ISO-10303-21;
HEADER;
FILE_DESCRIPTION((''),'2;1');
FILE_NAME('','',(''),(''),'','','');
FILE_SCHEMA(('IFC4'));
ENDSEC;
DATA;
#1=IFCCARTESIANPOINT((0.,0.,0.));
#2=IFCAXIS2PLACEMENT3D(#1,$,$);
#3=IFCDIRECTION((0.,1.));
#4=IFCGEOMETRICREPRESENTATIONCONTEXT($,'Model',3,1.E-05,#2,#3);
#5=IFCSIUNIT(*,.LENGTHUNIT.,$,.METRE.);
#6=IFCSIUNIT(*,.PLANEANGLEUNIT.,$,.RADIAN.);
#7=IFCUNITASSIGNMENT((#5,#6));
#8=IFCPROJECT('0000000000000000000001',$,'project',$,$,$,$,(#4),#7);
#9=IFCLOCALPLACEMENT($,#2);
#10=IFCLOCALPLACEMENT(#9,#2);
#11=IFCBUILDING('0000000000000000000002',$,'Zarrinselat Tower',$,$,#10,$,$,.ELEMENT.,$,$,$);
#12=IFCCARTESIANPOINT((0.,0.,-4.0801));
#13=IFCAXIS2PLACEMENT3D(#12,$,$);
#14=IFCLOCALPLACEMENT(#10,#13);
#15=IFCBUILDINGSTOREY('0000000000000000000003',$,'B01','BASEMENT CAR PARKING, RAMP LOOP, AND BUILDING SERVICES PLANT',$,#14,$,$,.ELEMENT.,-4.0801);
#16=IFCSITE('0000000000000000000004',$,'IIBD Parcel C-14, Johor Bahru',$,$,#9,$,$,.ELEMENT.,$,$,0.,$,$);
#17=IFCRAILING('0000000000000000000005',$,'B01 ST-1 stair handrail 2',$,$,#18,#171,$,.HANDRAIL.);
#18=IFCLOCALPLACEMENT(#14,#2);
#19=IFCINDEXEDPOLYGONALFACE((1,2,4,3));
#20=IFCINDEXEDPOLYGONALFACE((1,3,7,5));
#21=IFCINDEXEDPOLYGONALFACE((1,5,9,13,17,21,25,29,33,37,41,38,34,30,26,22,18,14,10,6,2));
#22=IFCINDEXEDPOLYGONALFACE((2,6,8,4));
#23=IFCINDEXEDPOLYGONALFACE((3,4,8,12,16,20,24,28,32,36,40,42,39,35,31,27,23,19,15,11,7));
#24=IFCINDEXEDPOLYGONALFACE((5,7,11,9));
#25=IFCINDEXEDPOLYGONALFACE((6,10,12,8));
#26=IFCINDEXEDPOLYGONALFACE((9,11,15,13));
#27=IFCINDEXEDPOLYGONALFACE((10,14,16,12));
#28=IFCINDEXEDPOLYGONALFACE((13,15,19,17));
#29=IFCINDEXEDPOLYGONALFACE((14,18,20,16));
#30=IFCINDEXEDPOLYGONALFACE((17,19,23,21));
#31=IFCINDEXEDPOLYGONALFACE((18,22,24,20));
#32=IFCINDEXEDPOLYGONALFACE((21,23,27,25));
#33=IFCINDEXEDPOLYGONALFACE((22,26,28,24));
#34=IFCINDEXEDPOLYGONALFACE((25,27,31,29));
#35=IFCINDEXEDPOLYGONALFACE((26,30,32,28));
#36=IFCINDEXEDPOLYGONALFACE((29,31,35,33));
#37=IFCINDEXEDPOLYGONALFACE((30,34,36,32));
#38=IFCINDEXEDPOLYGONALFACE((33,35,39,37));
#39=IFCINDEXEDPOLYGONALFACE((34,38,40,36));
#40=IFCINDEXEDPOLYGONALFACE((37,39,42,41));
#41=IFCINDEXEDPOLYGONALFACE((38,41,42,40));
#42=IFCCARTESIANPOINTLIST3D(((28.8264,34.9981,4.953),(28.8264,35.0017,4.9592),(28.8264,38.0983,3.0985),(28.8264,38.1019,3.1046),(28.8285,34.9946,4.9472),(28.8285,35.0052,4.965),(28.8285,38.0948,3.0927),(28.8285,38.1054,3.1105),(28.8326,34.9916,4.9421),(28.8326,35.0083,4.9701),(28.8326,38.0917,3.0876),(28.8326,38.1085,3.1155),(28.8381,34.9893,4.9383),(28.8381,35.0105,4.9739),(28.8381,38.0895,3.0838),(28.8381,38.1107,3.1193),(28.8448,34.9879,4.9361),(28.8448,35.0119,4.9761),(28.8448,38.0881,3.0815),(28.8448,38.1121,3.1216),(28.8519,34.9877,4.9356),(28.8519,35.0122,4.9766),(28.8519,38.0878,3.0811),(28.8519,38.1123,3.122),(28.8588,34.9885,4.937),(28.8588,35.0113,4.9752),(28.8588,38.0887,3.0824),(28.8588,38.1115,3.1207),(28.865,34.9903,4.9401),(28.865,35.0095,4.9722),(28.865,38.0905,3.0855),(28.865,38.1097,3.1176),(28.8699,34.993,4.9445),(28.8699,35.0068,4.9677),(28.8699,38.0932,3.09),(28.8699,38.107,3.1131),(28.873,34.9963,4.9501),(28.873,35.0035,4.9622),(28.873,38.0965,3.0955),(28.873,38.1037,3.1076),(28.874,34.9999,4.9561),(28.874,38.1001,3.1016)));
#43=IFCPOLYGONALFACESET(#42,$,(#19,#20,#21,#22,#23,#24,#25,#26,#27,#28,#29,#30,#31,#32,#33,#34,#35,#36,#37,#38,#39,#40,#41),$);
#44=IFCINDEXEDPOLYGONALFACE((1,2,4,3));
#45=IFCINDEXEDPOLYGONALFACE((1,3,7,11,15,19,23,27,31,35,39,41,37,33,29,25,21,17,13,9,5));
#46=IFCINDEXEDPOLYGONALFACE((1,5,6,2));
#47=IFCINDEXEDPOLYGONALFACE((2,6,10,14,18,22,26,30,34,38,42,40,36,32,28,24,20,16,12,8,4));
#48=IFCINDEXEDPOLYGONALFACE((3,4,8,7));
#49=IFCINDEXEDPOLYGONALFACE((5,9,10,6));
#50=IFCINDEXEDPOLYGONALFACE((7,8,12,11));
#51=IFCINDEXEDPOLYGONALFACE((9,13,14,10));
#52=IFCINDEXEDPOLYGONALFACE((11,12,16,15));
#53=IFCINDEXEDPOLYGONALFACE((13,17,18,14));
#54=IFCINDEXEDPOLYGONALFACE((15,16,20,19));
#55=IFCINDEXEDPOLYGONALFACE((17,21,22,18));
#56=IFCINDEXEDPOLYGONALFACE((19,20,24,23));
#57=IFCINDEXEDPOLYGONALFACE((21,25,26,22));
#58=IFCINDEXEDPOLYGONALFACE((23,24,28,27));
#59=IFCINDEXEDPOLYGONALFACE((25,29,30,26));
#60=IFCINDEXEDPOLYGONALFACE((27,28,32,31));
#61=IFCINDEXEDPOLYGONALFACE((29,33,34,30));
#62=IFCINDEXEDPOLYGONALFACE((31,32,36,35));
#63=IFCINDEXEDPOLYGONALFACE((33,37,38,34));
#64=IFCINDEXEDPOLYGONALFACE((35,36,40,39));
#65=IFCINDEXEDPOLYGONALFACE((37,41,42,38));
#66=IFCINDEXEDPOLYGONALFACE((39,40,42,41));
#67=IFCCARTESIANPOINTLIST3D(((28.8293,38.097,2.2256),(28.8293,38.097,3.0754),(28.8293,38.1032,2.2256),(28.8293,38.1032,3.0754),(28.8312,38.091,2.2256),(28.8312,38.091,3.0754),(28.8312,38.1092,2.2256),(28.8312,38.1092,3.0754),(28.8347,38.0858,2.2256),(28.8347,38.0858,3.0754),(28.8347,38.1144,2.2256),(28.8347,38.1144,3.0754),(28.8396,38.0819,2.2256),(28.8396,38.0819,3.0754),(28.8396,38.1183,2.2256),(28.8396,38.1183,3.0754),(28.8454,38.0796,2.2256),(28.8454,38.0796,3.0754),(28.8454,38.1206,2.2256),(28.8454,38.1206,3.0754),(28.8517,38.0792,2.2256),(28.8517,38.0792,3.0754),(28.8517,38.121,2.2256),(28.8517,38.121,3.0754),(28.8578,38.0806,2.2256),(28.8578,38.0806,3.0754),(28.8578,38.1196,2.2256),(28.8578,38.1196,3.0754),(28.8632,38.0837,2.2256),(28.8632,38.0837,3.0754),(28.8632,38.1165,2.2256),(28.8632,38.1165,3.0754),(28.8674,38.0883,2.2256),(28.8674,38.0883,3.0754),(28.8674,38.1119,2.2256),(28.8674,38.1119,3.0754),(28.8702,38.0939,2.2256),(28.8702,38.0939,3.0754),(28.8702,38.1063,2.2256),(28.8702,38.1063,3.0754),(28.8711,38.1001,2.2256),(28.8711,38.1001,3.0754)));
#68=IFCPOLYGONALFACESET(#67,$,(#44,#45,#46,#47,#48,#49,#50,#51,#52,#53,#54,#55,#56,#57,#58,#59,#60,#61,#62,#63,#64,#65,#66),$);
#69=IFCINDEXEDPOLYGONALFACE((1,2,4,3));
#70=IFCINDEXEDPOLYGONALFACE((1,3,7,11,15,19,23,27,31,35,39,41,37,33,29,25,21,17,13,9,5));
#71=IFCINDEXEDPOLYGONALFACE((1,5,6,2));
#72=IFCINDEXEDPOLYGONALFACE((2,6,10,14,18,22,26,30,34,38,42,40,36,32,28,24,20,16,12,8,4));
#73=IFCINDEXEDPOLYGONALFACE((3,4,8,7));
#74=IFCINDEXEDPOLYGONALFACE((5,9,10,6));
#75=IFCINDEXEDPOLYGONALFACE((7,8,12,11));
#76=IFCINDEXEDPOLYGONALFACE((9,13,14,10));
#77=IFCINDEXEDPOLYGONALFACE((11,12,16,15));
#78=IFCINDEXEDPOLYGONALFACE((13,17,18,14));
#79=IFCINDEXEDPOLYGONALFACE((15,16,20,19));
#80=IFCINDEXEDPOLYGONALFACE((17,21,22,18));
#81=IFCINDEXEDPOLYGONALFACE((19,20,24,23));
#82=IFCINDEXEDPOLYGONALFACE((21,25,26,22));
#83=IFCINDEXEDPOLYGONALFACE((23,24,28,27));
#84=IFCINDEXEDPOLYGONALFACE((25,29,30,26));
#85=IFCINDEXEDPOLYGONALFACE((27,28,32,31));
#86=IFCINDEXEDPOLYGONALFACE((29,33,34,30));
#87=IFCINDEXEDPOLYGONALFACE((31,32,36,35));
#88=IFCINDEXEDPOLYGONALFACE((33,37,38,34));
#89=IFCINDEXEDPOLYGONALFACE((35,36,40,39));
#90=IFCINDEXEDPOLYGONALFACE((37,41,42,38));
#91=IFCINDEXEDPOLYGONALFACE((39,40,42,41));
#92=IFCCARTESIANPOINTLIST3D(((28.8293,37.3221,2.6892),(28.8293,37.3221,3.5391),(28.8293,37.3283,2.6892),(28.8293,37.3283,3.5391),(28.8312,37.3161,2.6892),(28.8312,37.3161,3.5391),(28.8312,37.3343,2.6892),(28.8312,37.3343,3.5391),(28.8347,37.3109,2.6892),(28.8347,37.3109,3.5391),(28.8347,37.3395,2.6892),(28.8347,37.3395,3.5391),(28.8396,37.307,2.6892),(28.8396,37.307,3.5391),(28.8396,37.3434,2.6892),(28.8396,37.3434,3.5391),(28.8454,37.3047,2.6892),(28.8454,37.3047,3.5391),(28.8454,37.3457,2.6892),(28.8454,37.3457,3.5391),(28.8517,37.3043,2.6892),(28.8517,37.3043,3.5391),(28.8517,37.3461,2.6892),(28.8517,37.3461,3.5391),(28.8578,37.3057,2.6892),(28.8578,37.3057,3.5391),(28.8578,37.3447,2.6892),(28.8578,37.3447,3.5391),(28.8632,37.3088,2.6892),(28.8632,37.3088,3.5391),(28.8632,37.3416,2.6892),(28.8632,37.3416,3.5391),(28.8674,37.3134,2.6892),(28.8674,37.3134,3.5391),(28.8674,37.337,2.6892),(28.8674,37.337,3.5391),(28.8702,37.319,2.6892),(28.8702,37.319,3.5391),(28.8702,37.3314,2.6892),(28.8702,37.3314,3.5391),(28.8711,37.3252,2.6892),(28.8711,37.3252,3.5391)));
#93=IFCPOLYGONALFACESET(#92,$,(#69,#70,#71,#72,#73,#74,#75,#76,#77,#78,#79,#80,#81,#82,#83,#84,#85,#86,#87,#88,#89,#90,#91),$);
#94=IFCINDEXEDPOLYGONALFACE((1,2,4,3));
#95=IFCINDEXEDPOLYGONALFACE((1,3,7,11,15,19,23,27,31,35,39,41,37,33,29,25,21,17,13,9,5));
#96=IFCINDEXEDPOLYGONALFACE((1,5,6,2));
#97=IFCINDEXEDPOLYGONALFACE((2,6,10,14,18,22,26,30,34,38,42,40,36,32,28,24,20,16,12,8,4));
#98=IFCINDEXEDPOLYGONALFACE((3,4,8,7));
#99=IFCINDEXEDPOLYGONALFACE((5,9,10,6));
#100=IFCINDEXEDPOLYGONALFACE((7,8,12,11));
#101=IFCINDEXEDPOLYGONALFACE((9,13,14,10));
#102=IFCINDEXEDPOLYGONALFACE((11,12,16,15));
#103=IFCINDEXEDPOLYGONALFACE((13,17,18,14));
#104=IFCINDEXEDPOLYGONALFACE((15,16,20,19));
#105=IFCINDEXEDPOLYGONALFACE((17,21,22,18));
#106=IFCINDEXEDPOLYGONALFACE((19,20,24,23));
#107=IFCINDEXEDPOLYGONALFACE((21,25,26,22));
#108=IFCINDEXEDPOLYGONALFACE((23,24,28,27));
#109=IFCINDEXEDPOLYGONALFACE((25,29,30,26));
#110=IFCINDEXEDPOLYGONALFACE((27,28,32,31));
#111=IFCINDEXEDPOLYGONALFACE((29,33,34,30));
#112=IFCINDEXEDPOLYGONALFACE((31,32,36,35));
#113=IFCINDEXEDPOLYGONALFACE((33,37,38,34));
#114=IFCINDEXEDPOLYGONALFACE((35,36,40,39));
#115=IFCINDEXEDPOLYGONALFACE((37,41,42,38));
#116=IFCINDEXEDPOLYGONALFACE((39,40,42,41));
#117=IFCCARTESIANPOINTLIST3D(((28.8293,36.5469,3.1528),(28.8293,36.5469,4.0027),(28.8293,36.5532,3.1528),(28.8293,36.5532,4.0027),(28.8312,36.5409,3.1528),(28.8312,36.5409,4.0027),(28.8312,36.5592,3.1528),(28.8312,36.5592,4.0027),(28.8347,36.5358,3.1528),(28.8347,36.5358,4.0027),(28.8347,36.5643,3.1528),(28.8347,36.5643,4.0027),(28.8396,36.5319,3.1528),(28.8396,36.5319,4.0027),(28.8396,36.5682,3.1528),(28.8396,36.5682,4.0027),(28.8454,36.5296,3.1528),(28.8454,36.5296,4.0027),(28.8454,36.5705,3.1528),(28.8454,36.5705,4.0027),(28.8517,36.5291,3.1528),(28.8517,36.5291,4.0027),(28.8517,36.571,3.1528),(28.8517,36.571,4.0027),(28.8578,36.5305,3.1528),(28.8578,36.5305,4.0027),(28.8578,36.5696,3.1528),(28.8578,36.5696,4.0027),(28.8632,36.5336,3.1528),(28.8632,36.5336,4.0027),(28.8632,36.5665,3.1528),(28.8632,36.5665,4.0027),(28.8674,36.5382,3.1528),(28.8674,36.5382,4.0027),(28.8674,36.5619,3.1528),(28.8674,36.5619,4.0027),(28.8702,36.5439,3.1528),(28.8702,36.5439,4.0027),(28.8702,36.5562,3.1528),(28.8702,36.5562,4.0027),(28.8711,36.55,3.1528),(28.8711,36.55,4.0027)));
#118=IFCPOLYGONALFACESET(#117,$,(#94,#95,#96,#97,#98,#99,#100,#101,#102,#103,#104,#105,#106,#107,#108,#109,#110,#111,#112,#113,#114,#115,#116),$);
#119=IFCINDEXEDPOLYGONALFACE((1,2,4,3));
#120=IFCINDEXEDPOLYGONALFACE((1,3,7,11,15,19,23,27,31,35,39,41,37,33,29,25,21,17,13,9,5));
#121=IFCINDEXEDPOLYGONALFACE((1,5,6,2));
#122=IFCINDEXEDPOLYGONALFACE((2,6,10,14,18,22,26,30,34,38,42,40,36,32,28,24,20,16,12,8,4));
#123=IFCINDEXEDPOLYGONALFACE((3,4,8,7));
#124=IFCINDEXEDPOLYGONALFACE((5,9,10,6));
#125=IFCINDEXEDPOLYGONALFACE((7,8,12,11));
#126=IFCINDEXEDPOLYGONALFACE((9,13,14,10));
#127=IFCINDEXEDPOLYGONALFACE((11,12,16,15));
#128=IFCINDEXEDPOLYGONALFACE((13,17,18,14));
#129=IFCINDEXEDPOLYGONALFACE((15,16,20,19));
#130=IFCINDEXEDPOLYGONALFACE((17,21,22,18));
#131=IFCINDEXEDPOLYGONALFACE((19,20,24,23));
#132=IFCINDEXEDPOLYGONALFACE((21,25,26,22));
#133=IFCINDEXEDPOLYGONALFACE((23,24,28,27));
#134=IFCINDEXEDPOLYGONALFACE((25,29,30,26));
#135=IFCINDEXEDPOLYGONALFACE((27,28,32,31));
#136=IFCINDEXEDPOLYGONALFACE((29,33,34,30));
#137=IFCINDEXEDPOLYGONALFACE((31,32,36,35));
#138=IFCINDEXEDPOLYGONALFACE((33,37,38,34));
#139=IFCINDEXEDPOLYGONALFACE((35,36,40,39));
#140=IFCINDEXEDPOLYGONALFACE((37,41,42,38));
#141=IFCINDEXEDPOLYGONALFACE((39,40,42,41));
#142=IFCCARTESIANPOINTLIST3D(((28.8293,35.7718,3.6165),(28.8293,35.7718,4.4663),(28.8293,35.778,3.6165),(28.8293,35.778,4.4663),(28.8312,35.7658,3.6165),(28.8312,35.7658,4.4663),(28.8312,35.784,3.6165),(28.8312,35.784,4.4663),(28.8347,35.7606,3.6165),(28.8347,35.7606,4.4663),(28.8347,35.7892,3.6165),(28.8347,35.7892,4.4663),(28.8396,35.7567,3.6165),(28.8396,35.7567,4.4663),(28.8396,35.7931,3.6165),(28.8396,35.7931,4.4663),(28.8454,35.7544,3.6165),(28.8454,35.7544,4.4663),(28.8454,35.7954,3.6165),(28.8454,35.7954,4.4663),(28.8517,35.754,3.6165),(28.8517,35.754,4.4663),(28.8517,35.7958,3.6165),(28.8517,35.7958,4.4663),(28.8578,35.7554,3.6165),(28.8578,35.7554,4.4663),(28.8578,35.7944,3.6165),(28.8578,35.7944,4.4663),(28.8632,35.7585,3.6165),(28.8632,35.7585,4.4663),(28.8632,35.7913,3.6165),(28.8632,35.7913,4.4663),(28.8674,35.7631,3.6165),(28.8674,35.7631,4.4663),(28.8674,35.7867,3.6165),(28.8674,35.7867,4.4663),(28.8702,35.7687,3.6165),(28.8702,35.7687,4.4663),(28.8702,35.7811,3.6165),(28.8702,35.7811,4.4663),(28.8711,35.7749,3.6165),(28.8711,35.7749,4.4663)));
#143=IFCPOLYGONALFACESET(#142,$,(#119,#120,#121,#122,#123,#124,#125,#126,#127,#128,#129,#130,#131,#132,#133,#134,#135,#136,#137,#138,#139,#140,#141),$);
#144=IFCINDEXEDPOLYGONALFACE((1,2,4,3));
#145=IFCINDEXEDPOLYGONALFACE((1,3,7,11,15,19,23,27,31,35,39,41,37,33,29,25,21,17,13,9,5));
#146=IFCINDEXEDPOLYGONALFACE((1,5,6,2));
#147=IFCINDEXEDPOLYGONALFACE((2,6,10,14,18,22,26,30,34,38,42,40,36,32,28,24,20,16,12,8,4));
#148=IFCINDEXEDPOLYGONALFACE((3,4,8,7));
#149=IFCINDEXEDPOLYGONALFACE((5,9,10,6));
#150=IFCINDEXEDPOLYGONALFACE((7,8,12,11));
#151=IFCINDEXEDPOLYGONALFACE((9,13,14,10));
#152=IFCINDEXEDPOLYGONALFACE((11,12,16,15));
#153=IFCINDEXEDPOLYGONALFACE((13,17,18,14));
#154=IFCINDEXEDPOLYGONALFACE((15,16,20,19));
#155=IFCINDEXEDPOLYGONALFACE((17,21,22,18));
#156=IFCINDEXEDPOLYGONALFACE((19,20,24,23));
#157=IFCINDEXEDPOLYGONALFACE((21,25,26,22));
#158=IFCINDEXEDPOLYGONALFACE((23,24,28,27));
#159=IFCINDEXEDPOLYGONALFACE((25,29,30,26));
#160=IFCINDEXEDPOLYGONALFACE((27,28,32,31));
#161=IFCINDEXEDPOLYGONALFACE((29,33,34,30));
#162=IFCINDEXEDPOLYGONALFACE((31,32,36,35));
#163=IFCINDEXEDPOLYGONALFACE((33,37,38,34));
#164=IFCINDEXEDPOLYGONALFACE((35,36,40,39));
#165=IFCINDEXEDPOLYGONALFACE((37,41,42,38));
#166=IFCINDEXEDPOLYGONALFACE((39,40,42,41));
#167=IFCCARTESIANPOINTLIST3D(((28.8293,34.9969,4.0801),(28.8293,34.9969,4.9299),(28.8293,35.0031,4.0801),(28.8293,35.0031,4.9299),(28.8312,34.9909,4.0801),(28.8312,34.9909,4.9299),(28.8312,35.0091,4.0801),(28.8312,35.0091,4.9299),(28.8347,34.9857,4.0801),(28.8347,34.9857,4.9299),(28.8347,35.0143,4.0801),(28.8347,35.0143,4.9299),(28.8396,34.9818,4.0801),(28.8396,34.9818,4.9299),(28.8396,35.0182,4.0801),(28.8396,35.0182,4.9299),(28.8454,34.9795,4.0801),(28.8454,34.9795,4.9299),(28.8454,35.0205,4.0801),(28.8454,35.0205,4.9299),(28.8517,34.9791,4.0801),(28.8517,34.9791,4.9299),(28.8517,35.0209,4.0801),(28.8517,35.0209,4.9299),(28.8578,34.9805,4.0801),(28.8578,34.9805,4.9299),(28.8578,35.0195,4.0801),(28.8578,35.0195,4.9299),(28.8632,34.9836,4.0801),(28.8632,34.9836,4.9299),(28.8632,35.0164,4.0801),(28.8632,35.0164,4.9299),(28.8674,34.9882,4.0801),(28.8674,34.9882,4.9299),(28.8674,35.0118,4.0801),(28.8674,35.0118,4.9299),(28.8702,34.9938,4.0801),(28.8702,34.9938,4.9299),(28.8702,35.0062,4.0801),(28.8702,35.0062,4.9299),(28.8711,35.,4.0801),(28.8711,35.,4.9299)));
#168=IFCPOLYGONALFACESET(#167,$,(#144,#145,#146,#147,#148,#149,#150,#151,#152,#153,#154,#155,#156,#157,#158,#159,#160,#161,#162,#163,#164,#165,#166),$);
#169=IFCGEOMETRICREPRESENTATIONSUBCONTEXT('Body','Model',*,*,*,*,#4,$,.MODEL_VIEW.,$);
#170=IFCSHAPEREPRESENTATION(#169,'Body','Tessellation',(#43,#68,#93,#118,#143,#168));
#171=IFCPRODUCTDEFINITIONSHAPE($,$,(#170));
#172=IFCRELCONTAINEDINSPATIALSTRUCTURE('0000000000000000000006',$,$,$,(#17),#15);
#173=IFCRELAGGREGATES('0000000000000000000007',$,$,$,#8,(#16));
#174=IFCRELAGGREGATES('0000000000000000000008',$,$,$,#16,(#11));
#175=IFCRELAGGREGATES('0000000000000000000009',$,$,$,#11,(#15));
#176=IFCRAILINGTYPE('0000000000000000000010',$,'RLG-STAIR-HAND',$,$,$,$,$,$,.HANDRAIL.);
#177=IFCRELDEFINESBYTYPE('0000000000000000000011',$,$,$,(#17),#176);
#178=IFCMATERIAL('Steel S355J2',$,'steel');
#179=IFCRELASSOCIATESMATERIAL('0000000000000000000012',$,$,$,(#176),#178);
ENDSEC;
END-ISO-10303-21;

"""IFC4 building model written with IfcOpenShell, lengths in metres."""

from ifc_helpers import new_model, si_unit, direction, frame, origin, origin_2d, place, context, subcontext, project, spatial, circle, extrude, material, type_object, element, save


model = new_model("IFC4")

# Units and contexts
model_context = context("Model", 3, precision=1e-05, world=origin(), true_north=direction((0.0, 1.0)))
body_context = subcontext(model_context, "Body", "Model", "MODEL_VIEW")
ifc_project = project(units=[si_unit("LENGTHUNIT", "METRE"), si_unit("PLANEANGLEUNIT", "RADIAN")], contexts=[model_context])

# Site, building, storey
site_placement = place(None, origin())
site = spatial("IfcSite", under=ifc_project, at=site_placement, Name="IIBD Parcel C-14, Johor Bahru", CompositionType="ELEMENT", RefElevation=0.0)
building_placement = place(site_placement, origin())
building = spatial("IfcBuilding", under=site, at=building_placement, Name="Zarrinselat Tower", CompositionType="ELEMENT")
storey_placement = place(building_placement, frame((0.0, 0.0, -4.0801)))
storey = spatial("IfcBuildingStorey", under=building, at=storey_placement, Name="B01", Description="BASEMENT CAR PARKING, RAMP LOOP, AND BUILDING SERVICES PLANT", CompositionType="ELEMENT", Elevation=-4.0801)

# Railing
ifc_material_1 = material(Name="Steel S355J2", Category="steel")
railing_type_1 = type_object("IfcRailingType", Name="RLG-STAIR-HAND", PredefinedType="HANDRAIL", material=ifc_material_1)
railing_1_placement = place(storey_placement, frame((28.8501, 38.1001, 2.2256)))
element("IfcRailing", 1, at=railing_1_placement, inside=storey, type_object=railing_type_1, Name="B01 ST-1 stair handrail 2", PredefinedType="HANDRAIL", context=body_context, shape_type="SweptSolid", body=[
    extrude(circle(Radius=0.0239, at=origin_2d()), frame((0.0, 0.0, 0.876), z_axis=(0.0, -0.858172, 0.513362), x_axis=(1.0, 0.0, 0.0)), (0.0, 0.0, 1.0), 3.6125),
    extrude(circle(Radius=0.021, at=origin_2d()), origin(), (0.0, 0.0, 1.0), 0.8499),
    extrude(circle(Radius=0.021, at=origin_2d()), frame((0.0, -0.7749, 0.4636)), (0.0, 0.0, 1.0), 0.8499),
    extrude(circle(Radius=0.021, at=origin_2d()), frame((0.0, -1.55, 0.9272)), (0.0, 0.0, 1.0), 0.8499),
    extrude(circle(Radius=0.021, at=origin_2d()), frame((0.0, -2.3252, 1.3909)), (0.0, 0.0, 1.0), 0.8499),
    extrude(circle(Radius=0.021, at=origin_2d()), frame((0.0, -3.1001, 1.8545)), (0.0, 0.0, 1.0), 0.8499),
])

save(model, "model.ifc")
